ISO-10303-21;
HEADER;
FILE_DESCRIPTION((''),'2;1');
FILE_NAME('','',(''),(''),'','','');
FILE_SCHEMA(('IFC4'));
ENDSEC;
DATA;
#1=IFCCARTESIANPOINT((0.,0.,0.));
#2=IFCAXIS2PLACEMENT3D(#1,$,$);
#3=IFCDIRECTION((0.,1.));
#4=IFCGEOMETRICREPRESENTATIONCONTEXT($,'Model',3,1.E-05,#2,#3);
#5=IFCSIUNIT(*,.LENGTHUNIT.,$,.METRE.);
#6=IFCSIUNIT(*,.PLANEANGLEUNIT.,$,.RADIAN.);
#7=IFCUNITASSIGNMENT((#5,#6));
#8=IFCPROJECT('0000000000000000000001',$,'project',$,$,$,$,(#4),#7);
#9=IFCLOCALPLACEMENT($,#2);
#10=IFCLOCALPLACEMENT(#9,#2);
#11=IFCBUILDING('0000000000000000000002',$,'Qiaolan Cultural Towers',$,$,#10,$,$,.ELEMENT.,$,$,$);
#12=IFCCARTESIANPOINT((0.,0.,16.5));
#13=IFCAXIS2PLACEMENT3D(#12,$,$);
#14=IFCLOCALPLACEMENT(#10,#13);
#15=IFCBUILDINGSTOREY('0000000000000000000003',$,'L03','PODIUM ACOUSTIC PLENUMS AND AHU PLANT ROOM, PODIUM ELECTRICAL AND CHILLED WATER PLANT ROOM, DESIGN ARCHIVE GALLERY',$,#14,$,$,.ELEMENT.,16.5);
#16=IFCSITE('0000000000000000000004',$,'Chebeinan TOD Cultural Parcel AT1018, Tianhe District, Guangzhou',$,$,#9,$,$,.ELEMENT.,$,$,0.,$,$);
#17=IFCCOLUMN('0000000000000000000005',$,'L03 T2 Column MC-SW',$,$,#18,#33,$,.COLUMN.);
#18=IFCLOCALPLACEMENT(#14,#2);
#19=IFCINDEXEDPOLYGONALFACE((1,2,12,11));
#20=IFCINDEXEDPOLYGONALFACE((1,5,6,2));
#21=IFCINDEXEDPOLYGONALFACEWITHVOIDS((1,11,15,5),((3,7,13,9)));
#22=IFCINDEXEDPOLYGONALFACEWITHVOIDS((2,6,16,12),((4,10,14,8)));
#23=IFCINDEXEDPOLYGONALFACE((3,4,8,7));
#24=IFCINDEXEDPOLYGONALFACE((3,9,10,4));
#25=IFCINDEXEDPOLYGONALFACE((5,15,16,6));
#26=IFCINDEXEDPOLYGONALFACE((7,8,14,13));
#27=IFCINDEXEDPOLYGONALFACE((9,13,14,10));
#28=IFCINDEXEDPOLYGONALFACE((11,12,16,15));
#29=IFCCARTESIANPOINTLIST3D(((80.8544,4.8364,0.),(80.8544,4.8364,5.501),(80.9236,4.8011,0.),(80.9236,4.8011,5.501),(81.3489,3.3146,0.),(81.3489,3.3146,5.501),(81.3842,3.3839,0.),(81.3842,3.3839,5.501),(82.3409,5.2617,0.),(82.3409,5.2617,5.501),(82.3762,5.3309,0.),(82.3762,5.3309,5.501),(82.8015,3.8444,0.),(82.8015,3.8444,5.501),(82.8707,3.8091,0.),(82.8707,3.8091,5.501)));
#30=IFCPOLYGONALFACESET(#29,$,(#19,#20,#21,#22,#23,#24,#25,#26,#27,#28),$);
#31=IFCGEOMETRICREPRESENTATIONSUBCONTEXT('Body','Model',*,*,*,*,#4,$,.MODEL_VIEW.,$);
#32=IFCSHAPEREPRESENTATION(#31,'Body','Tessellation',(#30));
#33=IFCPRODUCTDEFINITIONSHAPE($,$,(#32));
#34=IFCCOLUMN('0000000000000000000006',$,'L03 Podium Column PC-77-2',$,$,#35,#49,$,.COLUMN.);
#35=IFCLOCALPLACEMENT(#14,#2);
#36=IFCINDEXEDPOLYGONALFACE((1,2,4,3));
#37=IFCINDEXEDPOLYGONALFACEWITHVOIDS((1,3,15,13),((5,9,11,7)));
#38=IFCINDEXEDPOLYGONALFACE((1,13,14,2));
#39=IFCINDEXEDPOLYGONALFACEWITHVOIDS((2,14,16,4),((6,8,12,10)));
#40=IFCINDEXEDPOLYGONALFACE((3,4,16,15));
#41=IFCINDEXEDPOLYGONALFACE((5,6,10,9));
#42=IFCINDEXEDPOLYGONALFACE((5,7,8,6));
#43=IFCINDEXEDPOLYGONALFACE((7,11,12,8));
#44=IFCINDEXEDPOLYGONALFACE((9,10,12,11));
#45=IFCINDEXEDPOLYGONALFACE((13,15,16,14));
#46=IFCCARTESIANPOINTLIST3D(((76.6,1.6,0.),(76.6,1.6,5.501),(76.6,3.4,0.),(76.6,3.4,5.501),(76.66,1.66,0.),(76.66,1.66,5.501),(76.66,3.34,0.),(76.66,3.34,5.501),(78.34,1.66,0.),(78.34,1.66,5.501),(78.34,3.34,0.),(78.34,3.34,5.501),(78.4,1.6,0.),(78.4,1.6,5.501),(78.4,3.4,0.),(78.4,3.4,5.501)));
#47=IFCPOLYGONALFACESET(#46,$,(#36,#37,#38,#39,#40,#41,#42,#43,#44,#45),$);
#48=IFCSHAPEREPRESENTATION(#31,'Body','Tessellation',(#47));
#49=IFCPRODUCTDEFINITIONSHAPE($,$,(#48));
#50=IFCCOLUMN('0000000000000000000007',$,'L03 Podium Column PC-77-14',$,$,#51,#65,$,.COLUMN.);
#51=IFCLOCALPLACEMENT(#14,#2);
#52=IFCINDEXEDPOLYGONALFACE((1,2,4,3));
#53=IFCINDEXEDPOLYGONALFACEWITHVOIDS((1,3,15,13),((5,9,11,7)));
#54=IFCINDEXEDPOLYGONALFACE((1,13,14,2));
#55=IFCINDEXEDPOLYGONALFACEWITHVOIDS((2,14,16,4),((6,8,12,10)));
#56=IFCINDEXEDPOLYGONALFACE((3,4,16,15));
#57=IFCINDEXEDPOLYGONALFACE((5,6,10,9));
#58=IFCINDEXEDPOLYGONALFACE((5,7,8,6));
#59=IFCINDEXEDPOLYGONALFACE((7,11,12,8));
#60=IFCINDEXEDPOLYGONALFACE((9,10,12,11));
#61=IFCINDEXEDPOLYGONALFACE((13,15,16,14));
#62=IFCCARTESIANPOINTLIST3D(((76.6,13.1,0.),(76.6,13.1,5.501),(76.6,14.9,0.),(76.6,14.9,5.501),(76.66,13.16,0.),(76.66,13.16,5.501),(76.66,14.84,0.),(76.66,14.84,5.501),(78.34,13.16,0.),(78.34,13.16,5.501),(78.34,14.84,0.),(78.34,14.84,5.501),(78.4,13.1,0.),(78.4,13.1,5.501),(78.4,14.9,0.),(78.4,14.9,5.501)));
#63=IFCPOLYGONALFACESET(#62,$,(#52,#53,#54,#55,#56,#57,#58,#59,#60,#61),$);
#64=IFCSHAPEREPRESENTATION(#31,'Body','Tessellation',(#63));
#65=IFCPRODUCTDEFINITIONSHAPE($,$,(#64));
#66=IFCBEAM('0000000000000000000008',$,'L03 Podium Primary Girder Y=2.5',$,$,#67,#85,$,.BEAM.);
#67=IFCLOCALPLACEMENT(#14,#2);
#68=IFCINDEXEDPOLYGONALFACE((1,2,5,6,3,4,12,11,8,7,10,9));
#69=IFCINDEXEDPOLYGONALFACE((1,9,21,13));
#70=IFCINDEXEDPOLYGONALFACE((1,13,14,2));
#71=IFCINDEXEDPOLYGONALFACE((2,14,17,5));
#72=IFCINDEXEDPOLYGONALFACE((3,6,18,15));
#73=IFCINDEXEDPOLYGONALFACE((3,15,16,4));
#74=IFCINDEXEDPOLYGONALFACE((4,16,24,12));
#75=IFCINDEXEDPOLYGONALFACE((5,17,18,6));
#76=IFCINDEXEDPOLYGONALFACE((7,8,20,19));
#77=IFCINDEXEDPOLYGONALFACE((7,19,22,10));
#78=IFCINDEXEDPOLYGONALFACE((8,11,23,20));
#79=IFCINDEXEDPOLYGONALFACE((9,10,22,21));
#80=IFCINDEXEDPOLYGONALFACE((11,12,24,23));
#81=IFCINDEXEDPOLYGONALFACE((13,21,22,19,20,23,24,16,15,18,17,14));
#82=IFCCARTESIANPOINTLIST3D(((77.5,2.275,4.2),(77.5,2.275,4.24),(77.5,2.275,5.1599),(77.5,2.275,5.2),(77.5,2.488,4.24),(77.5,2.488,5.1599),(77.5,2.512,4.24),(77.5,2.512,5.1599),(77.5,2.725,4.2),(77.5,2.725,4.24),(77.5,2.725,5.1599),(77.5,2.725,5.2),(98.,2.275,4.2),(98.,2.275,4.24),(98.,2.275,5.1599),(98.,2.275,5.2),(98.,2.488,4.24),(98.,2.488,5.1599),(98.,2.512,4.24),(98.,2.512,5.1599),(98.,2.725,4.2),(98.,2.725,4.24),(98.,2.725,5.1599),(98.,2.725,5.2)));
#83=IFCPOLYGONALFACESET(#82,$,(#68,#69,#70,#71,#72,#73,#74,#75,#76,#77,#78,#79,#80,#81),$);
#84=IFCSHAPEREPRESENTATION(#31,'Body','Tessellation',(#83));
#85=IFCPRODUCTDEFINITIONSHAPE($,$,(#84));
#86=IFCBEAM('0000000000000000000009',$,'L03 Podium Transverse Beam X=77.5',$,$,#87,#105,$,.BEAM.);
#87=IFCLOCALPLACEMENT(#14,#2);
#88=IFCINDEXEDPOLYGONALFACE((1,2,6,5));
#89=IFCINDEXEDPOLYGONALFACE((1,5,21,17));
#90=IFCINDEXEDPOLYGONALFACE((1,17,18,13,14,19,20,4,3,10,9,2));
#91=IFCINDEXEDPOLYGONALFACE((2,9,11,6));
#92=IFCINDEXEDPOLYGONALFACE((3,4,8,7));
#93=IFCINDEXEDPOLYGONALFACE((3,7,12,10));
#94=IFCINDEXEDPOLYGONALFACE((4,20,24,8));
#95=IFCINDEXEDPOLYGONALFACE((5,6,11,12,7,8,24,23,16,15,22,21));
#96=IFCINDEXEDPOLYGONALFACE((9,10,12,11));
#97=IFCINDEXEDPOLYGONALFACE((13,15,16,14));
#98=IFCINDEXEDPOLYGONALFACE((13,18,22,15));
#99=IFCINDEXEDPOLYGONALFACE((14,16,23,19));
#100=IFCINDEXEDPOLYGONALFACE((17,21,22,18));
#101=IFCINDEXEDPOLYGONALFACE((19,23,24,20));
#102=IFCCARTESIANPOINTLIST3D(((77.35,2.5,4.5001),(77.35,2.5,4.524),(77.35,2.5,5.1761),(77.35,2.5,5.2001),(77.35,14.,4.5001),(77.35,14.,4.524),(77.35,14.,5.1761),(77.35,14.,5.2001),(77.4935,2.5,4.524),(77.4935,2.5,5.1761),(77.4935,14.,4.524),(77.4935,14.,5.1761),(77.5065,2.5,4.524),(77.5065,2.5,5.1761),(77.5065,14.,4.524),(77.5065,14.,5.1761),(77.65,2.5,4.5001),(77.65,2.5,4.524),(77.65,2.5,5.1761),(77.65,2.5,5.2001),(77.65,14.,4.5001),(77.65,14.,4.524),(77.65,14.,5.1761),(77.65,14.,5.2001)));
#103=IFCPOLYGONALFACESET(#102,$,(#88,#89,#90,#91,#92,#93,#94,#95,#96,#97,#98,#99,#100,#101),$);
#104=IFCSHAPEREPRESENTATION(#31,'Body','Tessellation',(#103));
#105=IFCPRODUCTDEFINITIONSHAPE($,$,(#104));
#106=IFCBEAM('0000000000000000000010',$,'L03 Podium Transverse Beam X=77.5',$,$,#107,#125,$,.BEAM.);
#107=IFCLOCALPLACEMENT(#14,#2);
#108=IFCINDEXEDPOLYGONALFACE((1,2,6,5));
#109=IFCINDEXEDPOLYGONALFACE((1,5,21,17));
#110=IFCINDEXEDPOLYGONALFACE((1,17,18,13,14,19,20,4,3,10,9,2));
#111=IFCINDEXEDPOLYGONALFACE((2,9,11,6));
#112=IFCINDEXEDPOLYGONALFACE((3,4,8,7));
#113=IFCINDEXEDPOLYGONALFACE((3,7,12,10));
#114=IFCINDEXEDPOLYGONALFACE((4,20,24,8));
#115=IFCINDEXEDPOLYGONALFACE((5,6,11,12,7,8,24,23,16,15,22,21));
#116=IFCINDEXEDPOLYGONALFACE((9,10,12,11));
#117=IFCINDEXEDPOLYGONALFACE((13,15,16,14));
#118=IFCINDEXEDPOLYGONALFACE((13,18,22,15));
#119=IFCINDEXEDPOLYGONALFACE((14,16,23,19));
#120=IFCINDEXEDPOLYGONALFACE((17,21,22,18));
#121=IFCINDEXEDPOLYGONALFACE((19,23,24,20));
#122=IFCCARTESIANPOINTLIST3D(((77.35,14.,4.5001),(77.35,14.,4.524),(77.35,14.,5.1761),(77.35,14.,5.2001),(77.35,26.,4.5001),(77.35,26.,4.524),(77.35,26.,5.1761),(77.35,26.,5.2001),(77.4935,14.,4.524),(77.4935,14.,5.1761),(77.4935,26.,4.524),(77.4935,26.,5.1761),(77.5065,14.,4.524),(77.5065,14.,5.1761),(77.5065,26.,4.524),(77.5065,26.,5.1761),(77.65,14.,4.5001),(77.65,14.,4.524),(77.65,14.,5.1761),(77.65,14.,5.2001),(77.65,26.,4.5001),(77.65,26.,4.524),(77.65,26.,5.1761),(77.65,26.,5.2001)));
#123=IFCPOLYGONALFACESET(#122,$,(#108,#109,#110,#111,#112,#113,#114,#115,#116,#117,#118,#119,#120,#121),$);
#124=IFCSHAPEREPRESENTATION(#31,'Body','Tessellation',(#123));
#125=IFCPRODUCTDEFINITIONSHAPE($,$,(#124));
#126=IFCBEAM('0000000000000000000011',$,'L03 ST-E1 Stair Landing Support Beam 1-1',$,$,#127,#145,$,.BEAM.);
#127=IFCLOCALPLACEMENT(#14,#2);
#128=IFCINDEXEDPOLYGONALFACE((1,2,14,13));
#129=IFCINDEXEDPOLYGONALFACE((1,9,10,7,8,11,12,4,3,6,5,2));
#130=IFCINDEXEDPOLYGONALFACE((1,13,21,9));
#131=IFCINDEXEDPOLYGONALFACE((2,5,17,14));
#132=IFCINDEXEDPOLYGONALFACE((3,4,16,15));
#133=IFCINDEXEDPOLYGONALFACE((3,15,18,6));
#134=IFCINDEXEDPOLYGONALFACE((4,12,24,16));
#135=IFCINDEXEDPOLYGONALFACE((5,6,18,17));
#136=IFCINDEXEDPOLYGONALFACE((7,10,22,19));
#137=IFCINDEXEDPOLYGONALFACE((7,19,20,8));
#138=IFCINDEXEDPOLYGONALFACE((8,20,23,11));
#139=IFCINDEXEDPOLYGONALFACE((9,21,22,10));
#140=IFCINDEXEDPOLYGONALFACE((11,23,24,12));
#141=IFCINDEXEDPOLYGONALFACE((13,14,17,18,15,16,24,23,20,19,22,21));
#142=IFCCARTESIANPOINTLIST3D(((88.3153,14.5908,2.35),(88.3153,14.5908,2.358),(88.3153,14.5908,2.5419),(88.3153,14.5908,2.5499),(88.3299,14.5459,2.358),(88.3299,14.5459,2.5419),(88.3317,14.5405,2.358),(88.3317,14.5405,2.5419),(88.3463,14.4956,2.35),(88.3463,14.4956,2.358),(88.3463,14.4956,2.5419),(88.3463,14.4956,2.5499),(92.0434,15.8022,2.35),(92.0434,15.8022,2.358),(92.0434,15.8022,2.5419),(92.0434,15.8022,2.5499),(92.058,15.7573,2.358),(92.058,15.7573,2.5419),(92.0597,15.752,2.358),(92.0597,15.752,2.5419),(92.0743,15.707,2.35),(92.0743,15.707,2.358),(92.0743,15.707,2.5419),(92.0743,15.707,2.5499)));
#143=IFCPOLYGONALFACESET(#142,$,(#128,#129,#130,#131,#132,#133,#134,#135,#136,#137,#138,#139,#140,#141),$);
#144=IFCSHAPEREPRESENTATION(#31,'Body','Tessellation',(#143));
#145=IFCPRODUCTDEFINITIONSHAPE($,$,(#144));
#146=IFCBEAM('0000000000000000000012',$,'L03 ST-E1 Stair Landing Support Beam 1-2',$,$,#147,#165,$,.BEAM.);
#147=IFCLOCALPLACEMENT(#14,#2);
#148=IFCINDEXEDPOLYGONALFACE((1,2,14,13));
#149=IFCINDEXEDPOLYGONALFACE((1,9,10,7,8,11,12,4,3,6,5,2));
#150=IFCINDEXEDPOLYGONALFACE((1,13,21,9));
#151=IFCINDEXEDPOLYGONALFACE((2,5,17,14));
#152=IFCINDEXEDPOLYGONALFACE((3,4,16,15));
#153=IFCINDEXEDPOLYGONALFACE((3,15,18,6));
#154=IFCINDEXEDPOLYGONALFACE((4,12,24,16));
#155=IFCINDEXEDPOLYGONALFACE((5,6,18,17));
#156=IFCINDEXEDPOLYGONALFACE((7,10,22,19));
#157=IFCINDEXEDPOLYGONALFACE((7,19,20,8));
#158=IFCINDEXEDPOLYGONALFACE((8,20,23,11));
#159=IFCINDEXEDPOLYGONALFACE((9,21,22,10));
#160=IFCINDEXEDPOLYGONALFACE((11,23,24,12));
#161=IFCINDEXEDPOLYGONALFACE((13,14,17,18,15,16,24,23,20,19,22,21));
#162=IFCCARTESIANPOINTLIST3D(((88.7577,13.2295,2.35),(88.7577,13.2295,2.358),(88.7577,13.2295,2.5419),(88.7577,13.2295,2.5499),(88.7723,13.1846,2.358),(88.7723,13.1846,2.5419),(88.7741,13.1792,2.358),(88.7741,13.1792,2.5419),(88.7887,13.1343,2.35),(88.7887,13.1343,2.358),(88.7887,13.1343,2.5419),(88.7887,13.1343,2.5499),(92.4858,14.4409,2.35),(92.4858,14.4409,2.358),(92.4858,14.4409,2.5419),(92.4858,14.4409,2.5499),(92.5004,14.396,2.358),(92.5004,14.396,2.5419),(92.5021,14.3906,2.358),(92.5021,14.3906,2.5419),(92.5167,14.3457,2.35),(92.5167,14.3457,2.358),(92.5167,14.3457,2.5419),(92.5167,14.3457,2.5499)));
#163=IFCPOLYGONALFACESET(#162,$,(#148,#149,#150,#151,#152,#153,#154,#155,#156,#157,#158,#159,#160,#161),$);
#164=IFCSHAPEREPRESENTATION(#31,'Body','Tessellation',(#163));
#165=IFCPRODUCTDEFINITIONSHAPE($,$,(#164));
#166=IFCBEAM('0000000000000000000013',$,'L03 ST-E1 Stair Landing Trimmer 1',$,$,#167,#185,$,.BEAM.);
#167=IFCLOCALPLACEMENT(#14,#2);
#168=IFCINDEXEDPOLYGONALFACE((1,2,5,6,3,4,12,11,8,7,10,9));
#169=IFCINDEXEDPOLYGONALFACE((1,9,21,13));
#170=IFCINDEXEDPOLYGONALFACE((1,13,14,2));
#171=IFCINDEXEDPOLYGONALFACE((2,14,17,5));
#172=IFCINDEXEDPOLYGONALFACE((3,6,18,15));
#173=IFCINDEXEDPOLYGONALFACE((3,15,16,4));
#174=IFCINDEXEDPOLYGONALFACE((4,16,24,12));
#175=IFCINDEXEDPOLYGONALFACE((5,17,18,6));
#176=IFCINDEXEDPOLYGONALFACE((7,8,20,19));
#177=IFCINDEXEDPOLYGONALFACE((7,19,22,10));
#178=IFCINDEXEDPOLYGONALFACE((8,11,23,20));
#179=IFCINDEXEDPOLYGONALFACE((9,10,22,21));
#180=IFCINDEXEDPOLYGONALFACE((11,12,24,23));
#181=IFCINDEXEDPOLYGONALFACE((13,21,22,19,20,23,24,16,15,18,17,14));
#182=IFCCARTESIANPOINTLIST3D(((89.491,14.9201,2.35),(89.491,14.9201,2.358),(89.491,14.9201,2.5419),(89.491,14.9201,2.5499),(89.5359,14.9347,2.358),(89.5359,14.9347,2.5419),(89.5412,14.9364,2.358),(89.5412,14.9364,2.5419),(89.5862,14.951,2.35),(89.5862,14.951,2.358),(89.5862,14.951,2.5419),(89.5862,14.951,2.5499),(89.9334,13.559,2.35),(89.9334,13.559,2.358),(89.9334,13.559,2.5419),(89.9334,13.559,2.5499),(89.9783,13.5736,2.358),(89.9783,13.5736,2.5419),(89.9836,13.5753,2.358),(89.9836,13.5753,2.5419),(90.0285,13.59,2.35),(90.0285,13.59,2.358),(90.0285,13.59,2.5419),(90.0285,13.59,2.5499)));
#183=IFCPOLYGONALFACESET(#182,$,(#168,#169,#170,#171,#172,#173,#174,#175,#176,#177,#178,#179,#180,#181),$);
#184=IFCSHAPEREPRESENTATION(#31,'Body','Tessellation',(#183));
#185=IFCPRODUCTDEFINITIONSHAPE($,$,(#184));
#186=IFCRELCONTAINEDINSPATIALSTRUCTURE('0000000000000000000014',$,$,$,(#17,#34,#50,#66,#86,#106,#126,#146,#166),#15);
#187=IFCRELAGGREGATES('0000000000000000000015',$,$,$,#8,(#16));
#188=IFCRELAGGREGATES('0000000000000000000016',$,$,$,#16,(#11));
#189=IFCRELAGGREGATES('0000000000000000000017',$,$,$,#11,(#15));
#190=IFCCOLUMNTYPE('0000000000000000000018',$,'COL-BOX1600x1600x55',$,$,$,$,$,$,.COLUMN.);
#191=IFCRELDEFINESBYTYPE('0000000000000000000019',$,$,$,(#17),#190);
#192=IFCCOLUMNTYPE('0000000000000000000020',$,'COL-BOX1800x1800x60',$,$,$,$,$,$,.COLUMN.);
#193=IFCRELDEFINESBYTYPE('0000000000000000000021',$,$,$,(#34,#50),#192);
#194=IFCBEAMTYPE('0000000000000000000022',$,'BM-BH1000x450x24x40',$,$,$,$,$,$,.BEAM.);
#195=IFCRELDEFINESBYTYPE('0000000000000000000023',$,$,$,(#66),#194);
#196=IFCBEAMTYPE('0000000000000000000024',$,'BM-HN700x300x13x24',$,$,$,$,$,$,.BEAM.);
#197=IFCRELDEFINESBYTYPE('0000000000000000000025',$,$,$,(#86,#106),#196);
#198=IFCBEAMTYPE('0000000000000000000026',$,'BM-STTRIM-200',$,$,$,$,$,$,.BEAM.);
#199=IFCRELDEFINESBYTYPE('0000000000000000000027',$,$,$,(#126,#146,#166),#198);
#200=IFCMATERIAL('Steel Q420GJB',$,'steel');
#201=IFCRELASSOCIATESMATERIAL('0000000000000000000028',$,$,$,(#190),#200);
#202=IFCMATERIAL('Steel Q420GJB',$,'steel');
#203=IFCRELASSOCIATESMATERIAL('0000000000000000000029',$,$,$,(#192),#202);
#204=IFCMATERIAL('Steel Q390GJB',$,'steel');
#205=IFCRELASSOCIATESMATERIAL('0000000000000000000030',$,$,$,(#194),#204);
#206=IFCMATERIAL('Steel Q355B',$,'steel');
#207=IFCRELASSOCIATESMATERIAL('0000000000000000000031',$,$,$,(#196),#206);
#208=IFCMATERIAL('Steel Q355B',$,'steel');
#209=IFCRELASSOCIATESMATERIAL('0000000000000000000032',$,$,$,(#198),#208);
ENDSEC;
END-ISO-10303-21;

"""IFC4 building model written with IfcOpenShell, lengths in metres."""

from ifc_helpers import new_model, si_unit, direction, frame, origin, origin_2d, place, context, subcontext, project, spatial, hollow_rectangle, i_section, extrude, material, material_profile, profile_set, type_object, element, save


model = new_model("IFC4")

# Units and contexts
model_context = context("Model", 3, precision=1e-05, world=origin(), true_north=direction((0.0, 1.0)))
body_context = subcontext(model_context, "Body", "Model", "MODEL_VIEW")
ifc_project = project(units=[si_unit("LENGTHUNIT", "METRE"), si_unit("PLANEANGLEUNIT", "RADIAN")], contexts=[model_context])

# Site, building, storey
site_placement = place(None, origin())
site = spatial("IfcSite", under=ifc_project, at=site_placement, Name="Chebeinan TOD Cultural Parcel AT1018, Tianhe District, Guangzhou", CompositionType="ELEMENT", RefElevation=0.0)
building_placement = place(site_placement, origin())
building = spatial("IfcBuilding", under=site, at=building_placement, Name="Qiaolan Cultural Towers", CompositionType="ELEMENT")
storey_placement = place(building_placement, frame((0.0, 0.0, 16.5)))
storey = spatial("IfcBuildingStorey", under=building, at=storey_placement, Name="L03", Description="PODIUM ACOUSTIC PLENUMS AND AHU PLANT ROOM, PODIUM ELECTRICAL AND CHILLED WATER PLANT ROOM, DESIGN ARCHIVE GALLERY", CompositionType="ELEMENT", Elevation=16.5)

# Columns
ifc_material_1 = material(Name="Steel Q420GJB", Category="steel")
ifc_material_profile_1 = material_profile(ifc_material_1, hollow_rectangle(XDim=1.6001, YDim=1.6001, WallThickness=0.0549, at=origin_2d()), Name="BOX1600x1600x55")
ifc_profile_set_1 = profile_set([ifc_material_profile_1], Name="Steel Q420GJB")
column_type_1 = type_object("IfcColumnType", Name="COL-BOX1600x1600x55", PredefinedType="COLUMN", material=ifc_profile_set_1)
column_placement = place(storey_placement, frame((81.8625, 4.3228, 0.0), z_axis=(0.0, 0.0, 1.0), x_axis=(0.951057, 0.309017, 0.0)))
element("IfcColumn", 1, at=column_placement, inside=storey, type_object=column_type_1, Name="L03 T2 Column MC-SW", PredefinedType="COLUMN", context=body_context, shape_type="SweptSolid", body=[
    extrude(hollow_rectangle(XDim=1.6001, YDim=1.6001, WallThickness=0.0549, at=origin_2d()), origin(), (0.0, 0.0, 1.0), 5.501),
])
ifc_material_2 = material(Name="Steel Q420GJB", Category="steel")
ifc_material_profile_2 = material_profile(ifc_material_2, hollow_rectangle(XDim=1.8, YDim=1.8, WallThickness=0.0601, at=origin_2d()), Name="BOX1800x1800x60")
ifc_profile_set_2 = profile_set([ifc_material_profile_2], Name="Steel Q420GJB")
column_type_2 = type_object("IfcColumnType", Name="COL-BOX1800x1800x60", PredefinedType="COLUMN", material=ifc_profile_set_2)
for number, where, z_axis, x_axis, name in (
    (2, (77.5, 2.5, 0.0), (0.0, 0.0, 1.0), (1.0, 0.0, 0.0), "L03 Podium Column PC-77-2"),
    (3, (77.5, 14.0, 0.0), (0.0, 0.0, 1.0), (1.0, 0.0, 0.0), "L03 Podium Column PC-77-14"),
):
    element("IfcColumn", number, at=place(storey_placement, frame(where, z_axis=z_axis, x_axis=x_axis)), inside=storey, type_object=column_type_2, Name=name, PredefinedType="COLUMN", context=body_context, shape_type="SweptSolid", body=[
        extrude(hollow_rectangle(XDim=1.8, YDim=1.8, WallThickness=0.0601, at=origin_2d()), origin(), (0.0, 0.0, 1.0), 5.501),
    ])

# Beams
ifc_material_3 = material(Name="Steel Q390GJB", Category="steel")
ifc_material_profile_3 = material_profile(ifc_material_3, i_section(OverallWidth=0.45, OverallDepth=1.0, WebThickness=0.0239, FlangeThickness=0.04, at=origin_2d()), Name="BH1000x450x24x40")
ifc_profile_set_3 = profile_set([ifc_material_profile_3], Name="Steel Q390GJB")
beam_type_1 = type_object("IfcBeamType", Name="BM-BH1000x450x24x40", PredefinedType="BEAM", material=ifc_profile_set_3)
beam_1_placement = place(storey_placement, frame((77.5, 2.5, 4.7), z_axis=(1.0, 0.0, 0.0), x_axis=(0.0, 1.0, 0.0)))
element("IfcBeam", 4, at=beam_1_placement, inside=storey, type_object=beam_type_1, Name="L03 Podium Primary Girder Y=2.5", PredefinedType="BEAM", context=body_context, shape_type="SweptSolid", body=[
    extrude(i_section(OverallWidth=0.45, OverallDepth=1.0, WebThickness=0.0239, FlangeThickness=0.04, at=origin_2d()), origin(), (0.0, 0.0, 1.0), 20.5),
])
ifc_material_4 = material(Name="Steel Q355B", Category="steel")
ifc_material_profile_4 = material_profile(ifc_material_4, i_section(OverallWidth=0.3, OverallDepth=0.7, WebThickness=0.0129, FlangeThickness=0.0239, at=origin_2d()), Name="HN700x300x13x24")
ifc_profile_set_4 = profile_set([ifc_material_profile_4], Name="Steel Q355B")
beam_type_2 = type_object("IfcBeamType", Name="BM-HN700x300x13x24", PredefinedType="BEAM", material=ifc_profile_set_4)
beam_2_placement = place(storey_placement, frame((77.5, 2.5, 4.8501), z_axis=(0.0, 1.0, 0.0), x_axis=(-1.0, 0.0, 0.0)))
element("IfcBeam", 5, at=beam_2_placement, inside=storey, type_object=beam_type_2, Name="L03 Podium Transverse Beam X=77.5", PredefinedType="BEAM", context=body_context, shape_type="SweptSolid", body=[
    extrude(i_section(OverallWidth=0.3, OverallDepth=0.7, WebThickness=0.0129, FlangeThickness=0.0239, at=origin_2d()), origin(), (0.0, 0.0, 1.0), 11.5),
])
beam_3_placement = place(storey_placement, frame((77.5, 14.0, 4.8501), z_axis=(0.0, 1.0, 0.0), x_axis=(-1.0, 0.0, 0.0)))
element("IfcBeam", 6, at=beam_3_placement, inside=storey, type_object=beam_type_2, Name="L03 Podium Transverse Beam X=77.5", PredefinedType="BEAM", context=body_context, shape_type="SweptSolid", body=[
    extrude(i_section(OverallWidth=0.3, OverallDepth=0.7, WebThickness=0.0129, FlangeThickness=0.0239, at=origin_2d()), origin(), (0.0, 0.0, 1.0), 12.0),
])
ifc_material_5 = material(Name="Steel Q355B", Category="steel")
ifc_material_profile_5 = material_profile(ifc_material_5, i_section(OverallWidth=0.1001, OverallDepth=0.2, WebThickness=0.0056, FlangeThickness=0.0081, at=origin_2d()), Name="HN200x100x5.5x8")
ifc_profile_set_5 = profile_set([ifc_material_profile_5], Name="Steel Q355B")
beam_type_3 = type_object("IfcBeamType", Name="BM-STTRIM-200", PredefinedType="BEAM", material=ifc_profile_set_5)
for number, where, z_axis, x_axis, name in (
    (7, (88.3308, 14.5432, 2.45), (0.951048, 0.309044, 0.0), (-0.309044, 0.951048, 0.0), "L03 ST-E1 Stair Landing Support Beam 1-1"),
    (8, (88.7732, 13.1819, 2.45), (0.951048, 0.309044, 0.0), (-0.309044, 0.951048, 0.0), "L03 ST-E1 Stair Landing Support Beam 1-2"),
):
    element("IfcBeam", number, at=place(storey_placement, frame(where, z_axis=z_axis, x_axis=x_axis)), inside=storey, type_object=beam_type_3, Name=name, PredefinedType="BEAM", context=body_context, shape_type="SweptSolid", body=[
        extrude(i_section(OverallWidth=0.1001, OverallDepth=0.2, WebThickness=0.0056, FlangeThickness=0.0081, at=origin_2d()), origin(), (0.0, 0.0, 1.0), 3.9199),
    ])
beam_4_placement = place(storey_placement, frame((89.5386, 14.9355, 2.45), z_axis=(0.309105, -0.951028, 0.0), x_axis=(0.951028, 0.309105, 0.0)))
element("IfcBeam", 9, at=beam_4_placement, inside=storey, type_object=beam_type_3, Name="L03 ST-E1 Stair Landing Trimmer 1", PredefinedType="BEAM", context=body_context, shape_type="SweptSolid", body=[
    extrude(i_section(OverallWidth=0.1001, OverallDepth=0.2, WebThickness=0.0056, FlangeThickness=0.0081, at=origin_2d()), origin(), (0.0, 0.0, 1.0), 1.4312),
])

save(model, "model.ifc")
